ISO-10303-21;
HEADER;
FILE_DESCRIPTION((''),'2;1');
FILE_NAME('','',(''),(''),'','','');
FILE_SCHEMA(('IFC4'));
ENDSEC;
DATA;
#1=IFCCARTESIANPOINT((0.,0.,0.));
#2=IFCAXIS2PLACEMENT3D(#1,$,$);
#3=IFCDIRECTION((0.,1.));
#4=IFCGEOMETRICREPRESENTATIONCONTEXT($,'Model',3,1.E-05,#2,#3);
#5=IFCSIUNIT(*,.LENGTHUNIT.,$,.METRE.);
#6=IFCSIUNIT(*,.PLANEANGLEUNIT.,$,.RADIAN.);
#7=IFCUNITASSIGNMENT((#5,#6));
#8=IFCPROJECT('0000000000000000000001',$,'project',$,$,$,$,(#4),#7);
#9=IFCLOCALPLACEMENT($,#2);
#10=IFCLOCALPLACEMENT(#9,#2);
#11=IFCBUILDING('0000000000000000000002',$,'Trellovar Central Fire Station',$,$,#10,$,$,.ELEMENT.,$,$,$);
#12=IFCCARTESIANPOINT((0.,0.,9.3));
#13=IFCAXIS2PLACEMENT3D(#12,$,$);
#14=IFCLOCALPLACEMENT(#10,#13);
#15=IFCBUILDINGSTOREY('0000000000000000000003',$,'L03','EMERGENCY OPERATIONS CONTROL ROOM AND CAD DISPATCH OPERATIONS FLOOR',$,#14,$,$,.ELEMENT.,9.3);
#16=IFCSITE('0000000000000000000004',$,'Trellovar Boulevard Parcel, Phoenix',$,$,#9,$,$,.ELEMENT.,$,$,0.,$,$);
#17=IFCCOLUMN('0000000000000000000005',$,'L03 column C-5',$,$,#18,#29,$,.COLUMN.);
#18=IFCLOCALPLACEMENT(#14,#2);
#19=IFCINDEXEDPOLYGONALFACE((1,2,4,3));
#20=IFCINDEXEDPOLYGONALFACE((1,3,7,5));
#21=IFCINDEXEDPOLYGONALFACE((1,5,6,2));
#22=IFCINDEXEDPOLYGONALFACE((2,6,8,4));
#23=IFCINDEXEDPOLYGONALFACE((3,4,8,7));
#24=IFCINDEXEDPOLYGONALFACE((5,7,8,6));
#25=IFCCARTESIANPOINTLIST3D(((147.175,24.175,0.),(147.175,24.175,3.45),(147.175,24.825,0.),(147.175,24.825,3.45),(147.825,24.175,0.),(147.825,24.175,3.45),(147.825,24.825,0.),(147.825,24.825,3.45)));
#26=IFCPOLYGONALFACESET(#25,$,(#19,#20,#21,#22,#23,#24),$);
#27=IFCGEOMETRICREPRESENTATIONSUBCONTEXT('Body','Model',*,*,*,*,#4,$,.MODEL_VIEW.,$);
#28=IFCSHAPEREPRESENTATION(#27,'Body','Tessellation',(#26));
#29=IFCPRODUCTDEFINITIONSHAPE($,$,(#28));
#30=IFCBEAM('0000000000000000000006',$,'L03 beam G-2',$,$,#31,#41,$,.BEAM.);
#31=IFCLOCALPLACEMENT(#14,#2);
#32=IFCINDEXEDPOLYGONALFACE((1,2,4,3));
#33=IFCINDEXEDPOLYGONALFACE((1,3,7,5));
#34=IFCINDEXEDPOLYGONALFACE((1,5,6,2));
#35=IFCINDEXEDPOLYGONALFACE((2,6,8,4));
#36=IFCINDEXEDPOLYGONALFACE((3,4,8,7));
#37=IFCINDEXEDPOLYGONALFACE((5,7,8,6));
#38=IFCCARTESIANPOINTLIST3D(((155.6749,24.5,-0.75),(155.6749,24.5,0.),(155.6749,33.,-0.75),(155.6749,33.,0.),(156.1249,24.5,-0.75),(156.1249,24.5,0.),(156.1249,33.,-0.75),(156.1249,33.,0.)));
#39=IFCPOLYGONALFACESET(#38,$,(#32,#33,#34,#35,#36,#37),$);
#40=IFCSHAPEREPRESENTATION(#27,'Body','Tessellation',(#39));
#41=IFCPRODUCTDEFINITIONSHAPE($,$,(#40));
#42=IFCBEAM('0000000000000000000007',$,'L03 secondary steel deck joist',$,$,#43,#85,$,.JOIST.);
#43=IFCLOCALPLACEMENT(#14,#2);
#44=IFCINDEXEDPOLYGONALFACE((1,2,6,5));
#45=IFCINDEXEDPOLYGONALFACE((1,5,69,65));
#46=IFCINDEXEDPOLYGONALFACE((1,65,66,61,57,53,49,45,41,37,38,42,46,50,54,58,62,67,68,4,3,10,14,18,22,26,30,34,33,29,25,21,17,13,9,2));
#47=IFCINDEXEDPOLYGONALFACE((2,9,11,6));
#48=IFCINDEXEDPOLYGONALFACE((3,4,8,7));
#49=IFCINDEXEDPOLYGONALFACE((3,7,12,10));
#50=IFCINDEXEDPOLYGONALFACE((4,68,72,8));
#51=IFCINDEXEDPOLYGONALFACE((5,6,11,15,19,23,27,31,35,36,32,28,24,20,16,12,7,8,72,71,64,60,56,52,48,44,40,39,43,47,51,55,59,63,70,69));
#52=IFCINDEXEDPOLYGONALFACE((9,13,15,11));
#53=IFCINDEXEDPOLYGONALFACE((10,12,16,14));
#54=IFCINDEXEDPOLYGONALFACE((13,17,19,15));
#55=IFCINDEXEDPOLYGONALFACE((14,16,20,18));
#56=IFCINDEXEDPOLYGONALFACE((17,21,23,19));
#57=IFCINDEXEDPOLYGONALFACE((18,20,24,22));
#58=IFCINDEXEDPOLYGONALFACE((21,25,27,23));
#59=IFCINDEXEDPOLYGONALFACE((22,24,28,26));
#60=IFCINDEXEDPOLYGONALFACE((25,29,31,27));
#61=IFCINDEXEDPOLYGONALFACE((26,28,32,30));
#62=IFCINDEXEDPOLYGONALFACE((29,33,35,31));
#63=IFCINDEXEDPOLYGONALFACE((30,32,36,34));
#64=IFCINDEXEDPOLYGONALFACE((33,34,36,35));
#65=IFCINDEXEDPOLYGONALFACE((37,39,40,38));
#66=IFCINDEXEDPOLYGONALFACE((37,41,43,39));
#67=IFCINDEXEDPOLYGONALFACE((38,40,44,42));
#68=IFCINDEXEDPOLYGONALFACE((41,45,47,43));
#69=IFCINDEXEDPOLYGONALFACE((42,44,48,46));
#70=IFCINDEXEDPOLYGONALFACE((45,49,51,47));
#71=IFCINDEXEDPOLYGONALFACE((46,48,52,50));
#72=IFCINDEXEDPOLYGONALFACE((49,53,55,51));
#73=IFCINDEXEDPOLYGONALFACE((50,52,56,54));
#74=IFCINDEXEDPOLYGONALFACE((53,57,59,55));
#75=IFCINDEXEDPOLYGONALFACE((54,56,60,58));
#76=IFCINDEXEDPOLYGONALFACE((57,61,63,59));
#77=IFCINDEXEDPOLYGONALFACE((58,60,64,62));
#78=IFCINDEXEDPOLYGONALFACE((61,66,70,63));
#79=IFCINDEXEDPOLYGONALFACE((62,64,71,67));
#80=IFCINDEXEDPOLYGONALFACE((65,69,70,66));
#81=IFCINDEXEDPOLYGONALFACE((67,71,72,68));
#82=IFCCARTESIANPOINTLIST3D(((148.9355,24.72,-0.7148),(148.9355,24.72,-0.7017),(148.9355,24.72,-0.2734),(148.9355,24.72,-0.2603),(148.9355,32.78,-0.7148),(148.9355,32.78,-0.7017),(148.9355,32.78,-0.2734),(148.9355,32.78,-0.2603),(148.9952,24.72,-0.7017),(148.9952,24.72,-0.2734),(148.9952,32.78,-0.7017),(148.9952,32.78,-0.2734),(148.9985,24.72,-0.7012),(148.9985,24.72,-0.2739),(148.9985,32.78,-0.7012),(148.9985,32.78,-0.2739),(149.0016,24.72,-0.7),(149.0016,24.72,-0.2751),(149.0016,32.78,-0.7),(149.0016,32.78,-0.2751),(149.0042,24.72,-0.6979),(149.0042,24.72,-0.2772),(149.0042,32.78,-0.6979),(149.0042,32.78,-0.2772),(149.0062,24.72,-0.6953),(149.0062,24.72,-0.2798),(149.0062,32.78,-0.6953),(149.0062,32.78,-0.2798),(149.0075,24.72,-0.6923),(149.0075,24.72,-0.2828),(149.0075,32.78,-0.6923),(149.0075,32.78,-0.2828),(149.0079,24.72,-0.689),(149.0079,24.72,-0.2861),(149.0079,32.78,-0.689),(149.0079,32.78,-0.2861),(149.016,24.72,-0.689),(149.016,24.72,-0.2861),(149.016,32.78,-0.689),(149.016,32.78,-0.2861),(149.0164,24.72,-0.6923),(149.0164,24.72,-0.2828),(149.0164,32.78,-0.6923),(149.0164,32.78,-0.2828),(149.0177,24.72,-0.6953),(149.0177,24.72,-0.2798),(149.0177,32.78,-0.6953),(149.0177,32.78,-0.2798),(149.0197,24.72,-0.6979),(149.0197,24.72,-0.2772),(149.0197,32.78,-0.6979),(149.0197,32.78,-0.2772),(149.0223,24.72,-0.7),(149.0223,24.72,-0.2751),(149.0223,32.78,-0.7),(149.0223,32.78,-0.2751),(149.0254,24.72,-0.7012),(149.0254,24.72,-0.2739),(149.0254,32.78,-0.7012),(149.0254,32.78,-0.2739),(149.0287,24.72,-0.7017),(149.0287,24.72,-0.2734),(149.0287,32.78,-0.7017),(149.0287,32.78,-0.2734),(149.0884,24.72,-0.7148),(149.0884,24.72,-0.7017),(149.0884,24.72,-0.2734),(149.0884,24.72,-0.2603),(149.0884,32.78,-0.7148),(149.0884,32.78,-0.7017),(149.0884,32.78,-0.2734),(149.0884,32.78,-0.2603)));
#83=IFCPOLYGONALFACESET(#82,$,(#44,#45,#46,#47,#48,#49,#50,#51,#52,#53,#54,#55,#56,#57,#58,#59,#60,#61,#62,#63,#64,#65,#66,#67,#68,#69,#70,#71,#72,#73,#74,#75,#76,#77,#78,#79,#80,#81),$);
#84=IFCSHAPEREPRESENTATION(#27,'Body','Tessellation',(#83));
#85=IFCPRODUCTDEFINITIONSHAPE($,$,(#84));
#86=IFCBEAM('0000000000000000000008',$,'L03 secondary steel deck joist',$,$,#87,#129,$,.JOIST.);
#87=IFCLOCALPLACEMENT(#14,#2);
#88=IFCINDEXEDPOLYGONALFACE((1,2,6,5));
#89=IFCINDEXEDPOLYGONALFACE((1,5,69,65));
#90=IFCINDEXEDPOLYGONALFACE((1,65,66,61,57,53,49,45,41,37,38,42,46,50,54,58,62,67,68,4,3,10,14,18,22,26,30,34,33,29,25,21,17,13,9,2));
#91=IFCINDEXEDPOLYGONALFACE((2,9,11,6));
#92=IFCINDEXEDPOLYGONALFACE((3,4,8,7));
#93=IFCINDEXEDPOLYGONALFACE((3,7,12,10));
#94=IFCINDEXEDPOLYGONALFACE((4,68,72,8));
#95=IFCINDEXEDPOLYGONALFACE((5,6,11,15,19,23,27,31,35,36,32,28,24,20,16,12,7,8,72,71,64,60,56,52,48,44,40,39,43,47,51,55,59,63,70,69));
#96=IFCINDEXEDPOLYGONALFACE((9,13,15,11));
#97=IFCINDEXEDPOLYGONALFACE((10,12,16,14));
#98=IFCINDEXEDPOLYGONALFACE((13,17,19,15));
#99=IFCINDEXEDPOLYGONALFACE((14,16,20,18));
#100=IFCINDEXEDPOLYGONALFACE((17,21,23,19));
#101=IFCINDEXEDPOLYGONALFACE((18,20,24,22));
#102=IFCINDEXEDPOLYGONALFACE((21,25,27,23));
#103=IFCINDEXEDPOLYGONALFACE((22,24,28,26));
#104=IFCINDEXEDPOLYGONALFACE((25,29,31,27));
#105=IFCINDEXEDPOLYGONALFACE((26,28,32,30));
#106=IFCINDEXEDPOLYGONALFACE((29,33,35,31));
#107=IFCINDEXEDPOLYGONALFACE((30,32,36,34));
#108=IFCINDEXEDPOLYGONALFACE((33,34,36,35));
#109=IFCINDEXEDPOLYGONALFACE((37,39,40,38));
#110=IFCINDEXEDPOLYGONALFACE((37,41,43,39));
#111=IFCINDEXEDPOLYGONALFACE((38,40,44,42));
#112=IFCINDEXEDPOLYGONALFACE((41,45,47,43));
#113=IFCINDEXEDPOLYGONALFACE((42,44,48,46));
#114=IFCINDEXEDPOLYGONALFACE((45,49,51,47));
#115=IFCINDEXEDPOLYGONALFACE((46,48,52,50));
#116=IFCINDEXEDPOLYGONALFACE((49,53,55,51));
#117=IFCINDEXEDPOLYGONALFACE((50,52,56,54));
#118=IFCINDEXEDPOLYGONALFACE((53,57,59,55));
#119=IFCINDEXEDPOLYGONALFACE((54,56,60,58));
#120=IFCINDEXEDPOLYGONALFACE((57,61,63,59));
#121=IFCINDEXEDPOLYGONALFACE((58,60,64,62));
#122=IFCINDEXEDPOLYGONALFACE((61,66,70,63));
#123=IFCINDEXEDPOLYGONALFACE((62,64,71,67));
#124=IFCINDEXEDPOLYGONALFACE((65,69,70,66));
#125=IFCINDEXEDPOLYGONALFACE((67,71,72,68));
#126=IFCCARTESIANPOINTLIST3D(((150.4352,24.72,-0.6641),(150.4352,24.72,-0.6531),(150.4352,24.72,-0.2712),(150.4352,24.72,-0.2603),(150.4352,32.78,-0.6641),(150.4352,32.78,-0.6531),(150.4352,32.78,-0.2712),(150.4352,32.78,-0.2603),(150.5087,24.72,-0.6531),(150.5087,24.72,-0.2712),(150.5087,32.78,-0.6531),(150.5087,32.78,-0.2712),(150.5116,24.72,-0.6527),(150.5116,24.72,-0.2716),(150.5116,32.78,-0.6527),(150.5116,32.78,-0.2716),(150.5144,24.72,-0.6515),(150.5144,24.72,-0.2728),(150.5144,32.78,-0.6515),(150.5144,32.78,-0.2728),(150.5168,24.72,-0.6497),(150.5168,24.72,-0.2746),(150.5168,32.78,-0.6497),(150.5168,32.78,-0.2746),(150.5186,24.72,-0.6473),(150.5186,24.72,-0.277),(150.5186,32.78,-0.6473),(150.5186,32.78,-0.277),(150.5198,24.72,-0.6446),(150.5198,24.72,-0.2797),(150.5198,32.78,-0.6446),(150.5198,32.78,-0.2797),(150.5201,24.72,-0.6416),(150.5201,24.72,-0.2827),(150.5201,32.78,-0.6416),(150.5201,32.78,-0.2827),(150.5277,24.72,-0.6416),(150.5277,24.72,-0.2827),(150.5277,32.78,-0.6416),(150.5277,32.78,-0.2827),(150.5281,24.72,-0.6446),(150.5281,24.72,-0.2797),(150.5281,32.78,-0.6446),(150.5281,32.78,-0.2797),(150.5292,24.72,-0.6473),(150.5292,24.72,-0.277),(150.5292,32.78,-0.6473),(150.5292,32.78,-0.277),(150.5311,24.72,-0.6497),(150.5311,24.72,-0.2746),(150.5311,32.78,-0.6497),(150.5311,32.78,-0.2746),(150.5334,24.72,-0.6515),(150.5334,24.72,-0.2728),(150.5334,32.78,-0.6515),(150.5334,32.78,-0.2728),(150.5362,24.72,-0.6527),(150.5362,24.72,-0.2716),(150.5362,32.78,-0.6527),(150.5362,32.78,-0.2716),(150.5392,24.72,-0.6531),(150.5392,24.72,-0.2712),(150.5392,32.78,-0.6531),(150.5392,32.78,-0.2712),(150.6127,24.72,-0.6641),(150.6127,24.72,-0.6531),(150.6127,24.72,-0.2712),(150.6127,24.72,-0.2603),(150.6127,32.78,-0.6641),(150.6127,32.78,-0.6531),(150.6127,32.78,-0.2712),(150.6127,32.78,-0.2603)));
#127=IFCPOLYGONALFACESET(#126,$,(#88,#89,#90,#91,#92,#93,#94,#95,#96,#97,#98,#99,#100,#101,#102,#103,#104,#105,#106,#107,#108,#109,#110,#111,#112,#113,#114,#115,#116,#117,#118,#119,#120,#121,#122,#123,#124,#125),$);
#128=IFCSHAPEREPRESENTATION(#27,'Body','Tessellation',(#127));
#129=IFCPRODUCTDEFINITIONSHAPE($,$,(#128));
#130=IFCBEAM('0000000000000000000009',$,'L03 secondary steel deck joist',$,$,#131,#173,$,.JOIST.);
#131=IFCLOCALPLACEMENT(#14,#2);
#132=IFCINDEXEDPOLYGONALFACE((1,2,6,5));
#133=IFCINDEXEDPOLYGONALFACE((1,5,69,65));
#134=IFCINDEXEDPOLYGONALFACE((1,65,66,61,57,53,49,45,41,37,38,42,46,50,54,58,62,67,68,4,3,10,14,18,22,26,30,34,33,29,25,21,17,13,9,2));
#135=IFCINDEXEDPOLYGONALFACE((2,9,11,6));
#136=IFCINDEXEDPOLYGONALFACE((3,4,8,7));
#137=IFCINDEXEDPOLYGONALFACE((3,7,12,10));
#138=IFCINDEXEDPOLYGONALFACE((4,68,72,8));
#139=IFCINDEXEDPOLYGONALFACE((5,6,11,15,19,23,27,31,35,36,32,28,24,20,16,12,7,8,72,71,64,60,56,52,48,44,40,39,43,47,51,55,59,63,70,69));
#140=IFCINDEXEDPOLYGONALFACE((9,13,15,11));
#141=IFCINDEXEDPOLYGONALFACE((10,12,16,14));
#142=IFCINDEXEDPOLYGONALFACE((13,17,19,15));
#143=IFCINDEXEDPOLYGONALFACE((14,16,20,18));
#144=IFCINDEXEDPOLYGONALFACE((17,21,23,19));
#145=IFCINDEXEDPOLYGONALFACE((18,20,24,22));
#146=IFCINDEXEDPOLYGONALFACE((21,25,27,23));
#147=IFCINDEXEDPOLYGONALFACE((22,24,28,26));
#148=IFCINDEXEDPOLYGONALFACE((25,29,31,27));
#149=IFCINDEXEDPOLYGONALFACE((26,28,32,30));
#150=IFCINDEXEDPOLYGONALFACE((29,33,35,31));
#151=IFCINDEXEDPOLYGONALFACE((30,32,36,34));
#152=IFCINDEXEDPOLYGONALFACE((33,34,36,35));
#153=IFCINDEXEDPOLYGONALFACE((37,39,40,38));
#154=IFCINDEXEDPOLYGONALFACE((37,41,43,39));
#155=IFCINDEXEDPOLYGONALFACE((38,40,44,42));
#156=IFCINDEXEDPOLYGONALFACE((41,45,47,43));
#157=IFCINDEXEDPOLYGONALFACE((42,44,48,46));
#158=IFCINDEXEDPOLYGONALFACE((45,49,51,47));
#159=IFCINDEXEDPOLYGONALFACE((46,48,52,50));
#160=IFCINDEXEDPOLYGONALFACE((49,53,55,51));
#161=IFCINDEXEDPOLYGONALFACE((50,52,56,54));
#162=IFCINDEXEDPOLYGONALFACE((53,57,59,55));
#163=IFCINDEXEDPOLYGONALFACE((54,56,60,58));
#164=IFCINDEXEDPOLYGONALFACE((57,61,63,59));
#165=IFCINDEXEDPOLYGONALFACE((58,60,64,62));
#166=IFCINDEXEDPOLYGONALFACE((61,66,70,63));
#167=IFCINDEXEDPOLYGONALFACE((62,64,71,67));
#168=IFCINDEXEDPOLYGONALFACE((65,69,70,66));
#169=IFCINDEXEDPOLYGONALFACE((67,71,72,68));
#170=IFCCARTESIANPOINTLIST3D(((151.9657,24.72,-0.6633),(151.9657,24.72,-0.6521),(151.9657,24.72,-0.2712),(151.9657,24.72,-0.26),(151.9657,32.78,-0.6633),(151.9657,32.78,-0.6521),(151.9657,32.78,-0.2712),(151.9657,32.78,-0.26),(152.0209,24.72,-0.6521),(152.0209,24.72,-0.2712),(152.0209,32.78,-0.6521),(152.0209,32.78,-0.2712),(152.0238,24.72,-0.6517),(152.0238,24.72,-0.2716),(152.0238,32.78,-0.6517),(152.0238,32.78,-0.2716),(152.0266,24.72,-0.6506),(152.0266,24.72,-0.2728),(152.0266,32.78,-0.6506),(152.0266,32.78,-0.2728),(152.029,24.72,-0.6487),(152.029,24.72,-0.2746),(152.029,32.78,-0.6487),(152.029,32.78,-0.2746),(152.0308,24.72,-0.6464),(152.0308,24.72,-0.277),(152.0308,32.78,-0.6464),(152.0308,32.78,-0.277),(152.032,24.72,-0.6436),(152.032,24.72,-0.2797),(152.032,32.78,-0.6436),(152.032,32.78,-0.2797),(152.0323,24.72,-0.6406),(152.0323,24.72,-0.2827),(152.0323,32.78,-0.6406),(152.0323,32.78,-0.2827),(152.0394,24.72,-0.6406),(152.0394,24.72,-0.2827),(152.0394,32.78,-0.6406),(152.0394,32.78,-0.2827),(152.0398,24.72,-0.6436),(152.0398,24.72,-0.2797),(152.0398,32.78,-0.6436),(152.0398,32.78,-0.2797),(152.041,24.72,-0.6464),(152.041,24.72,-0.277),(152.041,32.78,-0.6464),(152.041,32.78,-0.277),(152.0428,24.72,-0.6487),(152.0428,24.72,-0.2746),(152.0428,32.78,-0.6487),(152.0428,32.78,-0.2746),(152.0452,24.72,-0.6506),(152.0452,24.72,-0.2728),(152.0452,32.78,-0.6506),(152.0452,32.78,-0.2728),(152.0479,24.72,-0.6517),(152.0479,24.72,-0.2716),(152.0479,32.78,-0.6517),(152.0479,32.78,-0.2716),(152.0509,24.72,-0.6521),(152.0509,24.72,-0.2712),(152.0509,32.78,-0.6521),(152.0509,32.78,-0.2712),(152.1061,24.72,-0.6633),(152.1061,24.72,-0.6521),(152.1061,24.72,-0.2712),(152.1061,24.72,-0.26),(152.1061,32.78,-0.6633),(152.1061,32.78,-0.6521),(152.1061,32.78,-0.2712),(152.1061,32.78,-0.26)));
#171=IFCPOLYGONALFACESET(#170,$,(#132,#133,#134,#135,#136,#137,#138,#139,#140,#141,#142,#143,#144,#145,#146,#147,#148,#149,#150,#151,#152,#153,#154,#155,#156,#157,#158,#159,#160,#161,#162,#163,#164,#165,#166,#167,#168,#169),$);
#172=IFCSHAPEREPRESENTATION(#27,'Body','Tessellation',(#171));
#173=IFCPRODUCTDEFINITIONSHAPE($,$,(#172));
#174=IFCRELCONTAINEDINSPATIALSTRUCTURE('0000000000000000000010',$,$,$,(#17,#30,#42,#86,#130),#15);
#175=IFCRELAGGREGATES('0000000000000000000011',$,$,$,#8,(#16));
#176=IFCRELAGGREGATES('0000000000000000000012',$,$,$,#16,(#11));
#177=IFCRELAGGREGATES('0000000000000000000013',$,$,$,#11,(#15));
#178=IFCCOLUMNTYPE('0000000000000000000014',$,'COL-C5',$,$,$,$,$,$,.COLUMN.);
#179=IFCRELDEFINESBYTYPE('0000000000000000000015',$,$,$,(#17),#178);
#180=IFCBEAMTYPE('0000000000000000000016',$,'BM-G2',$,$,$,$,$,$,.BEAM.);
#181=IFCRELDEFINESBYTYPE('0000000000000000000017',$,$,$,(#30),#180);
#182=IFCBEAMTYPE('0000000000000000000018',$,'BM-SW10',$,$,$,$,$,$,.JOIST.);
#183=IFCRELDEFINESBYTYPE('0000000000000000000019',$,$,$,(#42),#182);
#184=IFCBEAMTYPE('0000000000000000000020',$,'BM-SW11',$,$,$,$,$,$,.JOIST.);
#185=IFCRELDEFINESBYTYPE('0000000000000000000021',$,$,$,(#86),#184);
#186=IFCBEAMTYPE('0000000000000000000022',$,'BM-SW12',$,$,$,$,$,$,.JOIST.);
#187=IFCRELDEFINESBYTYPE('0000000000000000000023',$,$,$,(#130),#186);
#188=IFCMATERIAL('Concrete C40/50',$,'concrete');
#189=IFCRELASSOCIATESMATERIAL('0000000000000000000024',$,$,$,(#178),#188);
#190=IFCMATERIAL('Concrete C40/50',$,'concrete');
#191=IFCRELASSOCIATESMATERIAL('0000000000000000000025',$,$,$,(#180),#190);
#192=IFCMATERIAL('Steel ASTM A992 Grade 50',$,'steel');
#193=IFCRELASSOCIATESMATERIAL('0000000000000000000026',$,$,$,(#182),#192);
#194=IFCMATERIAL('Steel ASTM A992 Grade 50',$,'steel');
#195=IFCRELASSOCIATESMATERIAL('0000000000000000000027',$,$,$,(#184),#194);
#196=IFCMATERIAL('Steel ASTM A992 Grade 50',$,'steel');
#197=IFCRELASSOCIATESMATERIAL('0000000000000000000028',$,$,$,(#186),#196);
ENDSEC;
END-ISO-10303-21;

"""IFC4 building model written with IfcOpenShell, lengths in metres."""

from ifc_helpers import new_model, si_unit, direction, frame, origin, origin_2d, place, context, subcontext, project, spatial, rectangle, i_section, extrude, material, material_profile, profile_set, type_object, element, save


model = new_model("IFC4")

# Units and contexts
model_context = context("Model", 3, precision=1e-05, world=origin(), true_north=direction((0.0, 1.0)))
body_context = subcontext(model_context, "Body", "Model", "MODEL_VIEW")
ifc_project = project(units=[si_unit("LENGTHUNIT", "METRE"), si_unit("PLANEANGLEUNIT", "RADIAN")], contexts=[model_context])

# Site, building, storey
site_placement = place(None, origin())
site = spatial("IfcSite", under=ifc_project, at=site_placement, Name="Trellovar Boulevard Parcel, Phoenix", CompositionType="ELEMENT", RefElevation=0.0)
building_placement = place(site_placement, origin())
building = spatial("IfcBuilding", under=site, at=building_placement, Name="Trellovar Central Fire Station", CompositionType="ELEMENT")
storey_placement = place(building_placement, frame((0.0, 0.0, 9.3)))
storey = spatial("IfcBuildingStorey", under=building, at=storey_placement, Name="L03", Description="EMERGENCY OPERATIONS CONTROL ROOM AND CAD DISPATCH OPERATIONS FLOOR", CompositionType="ELEMENT", Elevation=9.3)

# Column
ifc_material_1 = material(Name="Concrete C40/50", Category="concrete")
ifc_material_profile_1 = material_profile(ifc_material_1, rectangle(XDim=0.6499, YDim=0.6499, at=origin_2d()), Name="RC650X650")
ifc_profile_set_1 = profile_set([ifc_material_profile_1], Name="Concrete C40/50")
column_type = type_object("IfcColumnType", Name="COL-C5", PredefinedType="COLUMN", material=ifc_profile_set_1)
column_placement = place(storey_placement, frame((147.5, 24.5, 0.0), z_axis=(0.0, 0.0, 1.0), x_axis=(1.0, 0.0, 0.0)))
element("IfcColumn", 1, at=column_placement, inside=storey, type_object=column_type, Name="L03 column C-5", PredefinedType="COLUMN", context=body_context, shape_type="SweptSolid", body=[
    extrude(rectangle(XDim=0.6499, YDim=0.6499, at=origin_2d()), origin(), (0.0, 0.0, 1.0), 3.45),
])

# Beams
ifc_material_2 = material(Name="Concrete C40/50", Category="concrete")
ifc_material_profile_2 = material_profile(ifc_material_2, rectangle(XDim=0.45, YDim=0.75, at=origin_2d()), Name="RC450X750")
ifc_profile_set_2 = profile_set([ifc_material_profile_2], Name="Concrete C40/50")
beam_type_1 = type_object("IfcBeamType", Name="BM-G2", PredefinedType="BEAM", material=ifc_profile_set_2)
beam_1_placement = place(storey_placement, frame((155.8999, 24.5, -0.375), z_axis=(0.0, 1.0, 0.0), x_axis=(-1.0, 0.0, 0.0)))
element("IfcBeam", 2, at=beam_1_placement, inside=storey, type_object=beam_type_1, Name="L03 beam G-2", PredefinedType="BEAM", context=body_context, shape_type="SweptSolid", body=[
    extrude(rectangle(XDim=0.45, YDim=0.75, at=origin_2d()), origin(), (0.0, 0.0, 1.0), 8.5),
])
ifc_material_3 = material(Name="Steel ASTM A992 Grade 50", Category="steel")
ifc_material_profile_3 = material_profile(ifc_material_3, i_section(OverallWidth=0.1528, OverallDepth=0.4546, WebThickness=0.0081, FlangeThickness=0.0132, FilletRadius=0.0127, at=origin_2d()), Name="W18X40")
ifc_profile_set_3 = profile_set([ifc_material_profile_3], Name="Steel ASTM A992 Grade 50")
beam_type_2 = type_object("IfcBeamType", Name="BM-SW10", PredefinedType="JOIST", material=ifc_profile_set_3)
beam_2_placement = place(storey_placement, frame((149.012, 24.72, -0.4875), z_axis=(0.0, 1.0, 0.0), x_axis=(-1.0, 0.0, 0.0)))
element("IfcBeam", 3, at=beam_2_placement, inside=storey, type_object=beam_type_2, Name="L03 secondary steel deck joist", PredefinedType="JOIST", context=body_context, shape_type="SweptSolid", body=[
    extrude(i_section(OverallWidth=0.1528, OverallDepth=0.4546, WebThickness=0.0081, FlangeThickness=0.0132, FilletRadius=0.0127, at=origin_2d()), origin(), (0.0, 0.0, 1.0), 8.0601),
])
ifc_material_4 = material(Name="Steel ASTM A992 Grade 50", Category="steel")
ifc_material_profile_4 = material_profile(ifc_material_4, i_section(OverallWidth=0.1775, OverallDepth=0.4038, WebThickness=0.0076, FlangeThickness=0.011, FilletRadius=0.0115, at=origin_2d()), Name="W16X36")
ifc_profile_set_4 = profile_set([ifc_material_profile_4], Name="Steel ASTM A992 Grade 50")
beam_type_3 = type_object("IfcBeamType", Name="BM-SW11", PredefinedType="JOIST", material=ifc_profile_set_4)
beam_3_placement = place(storey_placement, frame((150.5239, 24.72, -0.4622), z_axis=(0.0, 1.0, 0.0), x_axis=(-1.0, 0.0, 0.0)))
element("IfcBeam", 4, at=beam_3_placement, inside=storey, type_object=beam_type_3, Name="L03 secondary steel deck joist", PredefinedType="JOIST", context=body_context, shape_type="SweptSolid", body=[
    extrude(i_section(OverallWidth=0.1775, OverallDepth=0.4038, WebThickness=0.0076, FlangeThickness=0.011, FilletRadius=0.0115, at=origin_2d()), origin(), (0.0, 0.0, 1.0), 8.0601),
])
ifc_material_5 = material(Name="Steel ASTM A992 Grade 50", Category="steel")
ifc_material_profile_5 = material_profile(ifc_material_5, i_section(OverallWidth=0.1404, OverallDepth=0.4033, WebThickness=0.0071, FlangeThickness=0.0112, FilletRadius=0.0115, at=origin_2d()), Name="W16X31")
ifc_profile_set_5 = profile_set([ifc_material_profile_5], Name="Steel ASTM A992 Grade 50")
beam_type_4 = type_object("IfcBeamType", Name="BM-SW12", PredefinedType="JOIST", material=ifc_profile_set_5)
beam_4_placement = place(storey_placement, frame((152.0359, 24.72, -0.4617), z_axis=(0.0, 1.0, 0.0), x_axis=(-1.0, 0.0, 0.0)))
element("IfcBeam", 5, at=beam_4_placement, inside=storey, type_object=beam_type_4, Name="L03 secondary steel deck joist", PredefinedType="JOIST", context=body_context, shape_type="SweptSolid", body=[
    extrude(i_section(OverallWidth=0.1404, OverallDepth=0.4033, WebThickness=0.0071, FlangeThickness=0.0112, FilletRadius=0.0115, at=origin_2d()), origin(), (0.0, 0.0, 1.0), 8.0601),
])

save(model, "model.ifc")
